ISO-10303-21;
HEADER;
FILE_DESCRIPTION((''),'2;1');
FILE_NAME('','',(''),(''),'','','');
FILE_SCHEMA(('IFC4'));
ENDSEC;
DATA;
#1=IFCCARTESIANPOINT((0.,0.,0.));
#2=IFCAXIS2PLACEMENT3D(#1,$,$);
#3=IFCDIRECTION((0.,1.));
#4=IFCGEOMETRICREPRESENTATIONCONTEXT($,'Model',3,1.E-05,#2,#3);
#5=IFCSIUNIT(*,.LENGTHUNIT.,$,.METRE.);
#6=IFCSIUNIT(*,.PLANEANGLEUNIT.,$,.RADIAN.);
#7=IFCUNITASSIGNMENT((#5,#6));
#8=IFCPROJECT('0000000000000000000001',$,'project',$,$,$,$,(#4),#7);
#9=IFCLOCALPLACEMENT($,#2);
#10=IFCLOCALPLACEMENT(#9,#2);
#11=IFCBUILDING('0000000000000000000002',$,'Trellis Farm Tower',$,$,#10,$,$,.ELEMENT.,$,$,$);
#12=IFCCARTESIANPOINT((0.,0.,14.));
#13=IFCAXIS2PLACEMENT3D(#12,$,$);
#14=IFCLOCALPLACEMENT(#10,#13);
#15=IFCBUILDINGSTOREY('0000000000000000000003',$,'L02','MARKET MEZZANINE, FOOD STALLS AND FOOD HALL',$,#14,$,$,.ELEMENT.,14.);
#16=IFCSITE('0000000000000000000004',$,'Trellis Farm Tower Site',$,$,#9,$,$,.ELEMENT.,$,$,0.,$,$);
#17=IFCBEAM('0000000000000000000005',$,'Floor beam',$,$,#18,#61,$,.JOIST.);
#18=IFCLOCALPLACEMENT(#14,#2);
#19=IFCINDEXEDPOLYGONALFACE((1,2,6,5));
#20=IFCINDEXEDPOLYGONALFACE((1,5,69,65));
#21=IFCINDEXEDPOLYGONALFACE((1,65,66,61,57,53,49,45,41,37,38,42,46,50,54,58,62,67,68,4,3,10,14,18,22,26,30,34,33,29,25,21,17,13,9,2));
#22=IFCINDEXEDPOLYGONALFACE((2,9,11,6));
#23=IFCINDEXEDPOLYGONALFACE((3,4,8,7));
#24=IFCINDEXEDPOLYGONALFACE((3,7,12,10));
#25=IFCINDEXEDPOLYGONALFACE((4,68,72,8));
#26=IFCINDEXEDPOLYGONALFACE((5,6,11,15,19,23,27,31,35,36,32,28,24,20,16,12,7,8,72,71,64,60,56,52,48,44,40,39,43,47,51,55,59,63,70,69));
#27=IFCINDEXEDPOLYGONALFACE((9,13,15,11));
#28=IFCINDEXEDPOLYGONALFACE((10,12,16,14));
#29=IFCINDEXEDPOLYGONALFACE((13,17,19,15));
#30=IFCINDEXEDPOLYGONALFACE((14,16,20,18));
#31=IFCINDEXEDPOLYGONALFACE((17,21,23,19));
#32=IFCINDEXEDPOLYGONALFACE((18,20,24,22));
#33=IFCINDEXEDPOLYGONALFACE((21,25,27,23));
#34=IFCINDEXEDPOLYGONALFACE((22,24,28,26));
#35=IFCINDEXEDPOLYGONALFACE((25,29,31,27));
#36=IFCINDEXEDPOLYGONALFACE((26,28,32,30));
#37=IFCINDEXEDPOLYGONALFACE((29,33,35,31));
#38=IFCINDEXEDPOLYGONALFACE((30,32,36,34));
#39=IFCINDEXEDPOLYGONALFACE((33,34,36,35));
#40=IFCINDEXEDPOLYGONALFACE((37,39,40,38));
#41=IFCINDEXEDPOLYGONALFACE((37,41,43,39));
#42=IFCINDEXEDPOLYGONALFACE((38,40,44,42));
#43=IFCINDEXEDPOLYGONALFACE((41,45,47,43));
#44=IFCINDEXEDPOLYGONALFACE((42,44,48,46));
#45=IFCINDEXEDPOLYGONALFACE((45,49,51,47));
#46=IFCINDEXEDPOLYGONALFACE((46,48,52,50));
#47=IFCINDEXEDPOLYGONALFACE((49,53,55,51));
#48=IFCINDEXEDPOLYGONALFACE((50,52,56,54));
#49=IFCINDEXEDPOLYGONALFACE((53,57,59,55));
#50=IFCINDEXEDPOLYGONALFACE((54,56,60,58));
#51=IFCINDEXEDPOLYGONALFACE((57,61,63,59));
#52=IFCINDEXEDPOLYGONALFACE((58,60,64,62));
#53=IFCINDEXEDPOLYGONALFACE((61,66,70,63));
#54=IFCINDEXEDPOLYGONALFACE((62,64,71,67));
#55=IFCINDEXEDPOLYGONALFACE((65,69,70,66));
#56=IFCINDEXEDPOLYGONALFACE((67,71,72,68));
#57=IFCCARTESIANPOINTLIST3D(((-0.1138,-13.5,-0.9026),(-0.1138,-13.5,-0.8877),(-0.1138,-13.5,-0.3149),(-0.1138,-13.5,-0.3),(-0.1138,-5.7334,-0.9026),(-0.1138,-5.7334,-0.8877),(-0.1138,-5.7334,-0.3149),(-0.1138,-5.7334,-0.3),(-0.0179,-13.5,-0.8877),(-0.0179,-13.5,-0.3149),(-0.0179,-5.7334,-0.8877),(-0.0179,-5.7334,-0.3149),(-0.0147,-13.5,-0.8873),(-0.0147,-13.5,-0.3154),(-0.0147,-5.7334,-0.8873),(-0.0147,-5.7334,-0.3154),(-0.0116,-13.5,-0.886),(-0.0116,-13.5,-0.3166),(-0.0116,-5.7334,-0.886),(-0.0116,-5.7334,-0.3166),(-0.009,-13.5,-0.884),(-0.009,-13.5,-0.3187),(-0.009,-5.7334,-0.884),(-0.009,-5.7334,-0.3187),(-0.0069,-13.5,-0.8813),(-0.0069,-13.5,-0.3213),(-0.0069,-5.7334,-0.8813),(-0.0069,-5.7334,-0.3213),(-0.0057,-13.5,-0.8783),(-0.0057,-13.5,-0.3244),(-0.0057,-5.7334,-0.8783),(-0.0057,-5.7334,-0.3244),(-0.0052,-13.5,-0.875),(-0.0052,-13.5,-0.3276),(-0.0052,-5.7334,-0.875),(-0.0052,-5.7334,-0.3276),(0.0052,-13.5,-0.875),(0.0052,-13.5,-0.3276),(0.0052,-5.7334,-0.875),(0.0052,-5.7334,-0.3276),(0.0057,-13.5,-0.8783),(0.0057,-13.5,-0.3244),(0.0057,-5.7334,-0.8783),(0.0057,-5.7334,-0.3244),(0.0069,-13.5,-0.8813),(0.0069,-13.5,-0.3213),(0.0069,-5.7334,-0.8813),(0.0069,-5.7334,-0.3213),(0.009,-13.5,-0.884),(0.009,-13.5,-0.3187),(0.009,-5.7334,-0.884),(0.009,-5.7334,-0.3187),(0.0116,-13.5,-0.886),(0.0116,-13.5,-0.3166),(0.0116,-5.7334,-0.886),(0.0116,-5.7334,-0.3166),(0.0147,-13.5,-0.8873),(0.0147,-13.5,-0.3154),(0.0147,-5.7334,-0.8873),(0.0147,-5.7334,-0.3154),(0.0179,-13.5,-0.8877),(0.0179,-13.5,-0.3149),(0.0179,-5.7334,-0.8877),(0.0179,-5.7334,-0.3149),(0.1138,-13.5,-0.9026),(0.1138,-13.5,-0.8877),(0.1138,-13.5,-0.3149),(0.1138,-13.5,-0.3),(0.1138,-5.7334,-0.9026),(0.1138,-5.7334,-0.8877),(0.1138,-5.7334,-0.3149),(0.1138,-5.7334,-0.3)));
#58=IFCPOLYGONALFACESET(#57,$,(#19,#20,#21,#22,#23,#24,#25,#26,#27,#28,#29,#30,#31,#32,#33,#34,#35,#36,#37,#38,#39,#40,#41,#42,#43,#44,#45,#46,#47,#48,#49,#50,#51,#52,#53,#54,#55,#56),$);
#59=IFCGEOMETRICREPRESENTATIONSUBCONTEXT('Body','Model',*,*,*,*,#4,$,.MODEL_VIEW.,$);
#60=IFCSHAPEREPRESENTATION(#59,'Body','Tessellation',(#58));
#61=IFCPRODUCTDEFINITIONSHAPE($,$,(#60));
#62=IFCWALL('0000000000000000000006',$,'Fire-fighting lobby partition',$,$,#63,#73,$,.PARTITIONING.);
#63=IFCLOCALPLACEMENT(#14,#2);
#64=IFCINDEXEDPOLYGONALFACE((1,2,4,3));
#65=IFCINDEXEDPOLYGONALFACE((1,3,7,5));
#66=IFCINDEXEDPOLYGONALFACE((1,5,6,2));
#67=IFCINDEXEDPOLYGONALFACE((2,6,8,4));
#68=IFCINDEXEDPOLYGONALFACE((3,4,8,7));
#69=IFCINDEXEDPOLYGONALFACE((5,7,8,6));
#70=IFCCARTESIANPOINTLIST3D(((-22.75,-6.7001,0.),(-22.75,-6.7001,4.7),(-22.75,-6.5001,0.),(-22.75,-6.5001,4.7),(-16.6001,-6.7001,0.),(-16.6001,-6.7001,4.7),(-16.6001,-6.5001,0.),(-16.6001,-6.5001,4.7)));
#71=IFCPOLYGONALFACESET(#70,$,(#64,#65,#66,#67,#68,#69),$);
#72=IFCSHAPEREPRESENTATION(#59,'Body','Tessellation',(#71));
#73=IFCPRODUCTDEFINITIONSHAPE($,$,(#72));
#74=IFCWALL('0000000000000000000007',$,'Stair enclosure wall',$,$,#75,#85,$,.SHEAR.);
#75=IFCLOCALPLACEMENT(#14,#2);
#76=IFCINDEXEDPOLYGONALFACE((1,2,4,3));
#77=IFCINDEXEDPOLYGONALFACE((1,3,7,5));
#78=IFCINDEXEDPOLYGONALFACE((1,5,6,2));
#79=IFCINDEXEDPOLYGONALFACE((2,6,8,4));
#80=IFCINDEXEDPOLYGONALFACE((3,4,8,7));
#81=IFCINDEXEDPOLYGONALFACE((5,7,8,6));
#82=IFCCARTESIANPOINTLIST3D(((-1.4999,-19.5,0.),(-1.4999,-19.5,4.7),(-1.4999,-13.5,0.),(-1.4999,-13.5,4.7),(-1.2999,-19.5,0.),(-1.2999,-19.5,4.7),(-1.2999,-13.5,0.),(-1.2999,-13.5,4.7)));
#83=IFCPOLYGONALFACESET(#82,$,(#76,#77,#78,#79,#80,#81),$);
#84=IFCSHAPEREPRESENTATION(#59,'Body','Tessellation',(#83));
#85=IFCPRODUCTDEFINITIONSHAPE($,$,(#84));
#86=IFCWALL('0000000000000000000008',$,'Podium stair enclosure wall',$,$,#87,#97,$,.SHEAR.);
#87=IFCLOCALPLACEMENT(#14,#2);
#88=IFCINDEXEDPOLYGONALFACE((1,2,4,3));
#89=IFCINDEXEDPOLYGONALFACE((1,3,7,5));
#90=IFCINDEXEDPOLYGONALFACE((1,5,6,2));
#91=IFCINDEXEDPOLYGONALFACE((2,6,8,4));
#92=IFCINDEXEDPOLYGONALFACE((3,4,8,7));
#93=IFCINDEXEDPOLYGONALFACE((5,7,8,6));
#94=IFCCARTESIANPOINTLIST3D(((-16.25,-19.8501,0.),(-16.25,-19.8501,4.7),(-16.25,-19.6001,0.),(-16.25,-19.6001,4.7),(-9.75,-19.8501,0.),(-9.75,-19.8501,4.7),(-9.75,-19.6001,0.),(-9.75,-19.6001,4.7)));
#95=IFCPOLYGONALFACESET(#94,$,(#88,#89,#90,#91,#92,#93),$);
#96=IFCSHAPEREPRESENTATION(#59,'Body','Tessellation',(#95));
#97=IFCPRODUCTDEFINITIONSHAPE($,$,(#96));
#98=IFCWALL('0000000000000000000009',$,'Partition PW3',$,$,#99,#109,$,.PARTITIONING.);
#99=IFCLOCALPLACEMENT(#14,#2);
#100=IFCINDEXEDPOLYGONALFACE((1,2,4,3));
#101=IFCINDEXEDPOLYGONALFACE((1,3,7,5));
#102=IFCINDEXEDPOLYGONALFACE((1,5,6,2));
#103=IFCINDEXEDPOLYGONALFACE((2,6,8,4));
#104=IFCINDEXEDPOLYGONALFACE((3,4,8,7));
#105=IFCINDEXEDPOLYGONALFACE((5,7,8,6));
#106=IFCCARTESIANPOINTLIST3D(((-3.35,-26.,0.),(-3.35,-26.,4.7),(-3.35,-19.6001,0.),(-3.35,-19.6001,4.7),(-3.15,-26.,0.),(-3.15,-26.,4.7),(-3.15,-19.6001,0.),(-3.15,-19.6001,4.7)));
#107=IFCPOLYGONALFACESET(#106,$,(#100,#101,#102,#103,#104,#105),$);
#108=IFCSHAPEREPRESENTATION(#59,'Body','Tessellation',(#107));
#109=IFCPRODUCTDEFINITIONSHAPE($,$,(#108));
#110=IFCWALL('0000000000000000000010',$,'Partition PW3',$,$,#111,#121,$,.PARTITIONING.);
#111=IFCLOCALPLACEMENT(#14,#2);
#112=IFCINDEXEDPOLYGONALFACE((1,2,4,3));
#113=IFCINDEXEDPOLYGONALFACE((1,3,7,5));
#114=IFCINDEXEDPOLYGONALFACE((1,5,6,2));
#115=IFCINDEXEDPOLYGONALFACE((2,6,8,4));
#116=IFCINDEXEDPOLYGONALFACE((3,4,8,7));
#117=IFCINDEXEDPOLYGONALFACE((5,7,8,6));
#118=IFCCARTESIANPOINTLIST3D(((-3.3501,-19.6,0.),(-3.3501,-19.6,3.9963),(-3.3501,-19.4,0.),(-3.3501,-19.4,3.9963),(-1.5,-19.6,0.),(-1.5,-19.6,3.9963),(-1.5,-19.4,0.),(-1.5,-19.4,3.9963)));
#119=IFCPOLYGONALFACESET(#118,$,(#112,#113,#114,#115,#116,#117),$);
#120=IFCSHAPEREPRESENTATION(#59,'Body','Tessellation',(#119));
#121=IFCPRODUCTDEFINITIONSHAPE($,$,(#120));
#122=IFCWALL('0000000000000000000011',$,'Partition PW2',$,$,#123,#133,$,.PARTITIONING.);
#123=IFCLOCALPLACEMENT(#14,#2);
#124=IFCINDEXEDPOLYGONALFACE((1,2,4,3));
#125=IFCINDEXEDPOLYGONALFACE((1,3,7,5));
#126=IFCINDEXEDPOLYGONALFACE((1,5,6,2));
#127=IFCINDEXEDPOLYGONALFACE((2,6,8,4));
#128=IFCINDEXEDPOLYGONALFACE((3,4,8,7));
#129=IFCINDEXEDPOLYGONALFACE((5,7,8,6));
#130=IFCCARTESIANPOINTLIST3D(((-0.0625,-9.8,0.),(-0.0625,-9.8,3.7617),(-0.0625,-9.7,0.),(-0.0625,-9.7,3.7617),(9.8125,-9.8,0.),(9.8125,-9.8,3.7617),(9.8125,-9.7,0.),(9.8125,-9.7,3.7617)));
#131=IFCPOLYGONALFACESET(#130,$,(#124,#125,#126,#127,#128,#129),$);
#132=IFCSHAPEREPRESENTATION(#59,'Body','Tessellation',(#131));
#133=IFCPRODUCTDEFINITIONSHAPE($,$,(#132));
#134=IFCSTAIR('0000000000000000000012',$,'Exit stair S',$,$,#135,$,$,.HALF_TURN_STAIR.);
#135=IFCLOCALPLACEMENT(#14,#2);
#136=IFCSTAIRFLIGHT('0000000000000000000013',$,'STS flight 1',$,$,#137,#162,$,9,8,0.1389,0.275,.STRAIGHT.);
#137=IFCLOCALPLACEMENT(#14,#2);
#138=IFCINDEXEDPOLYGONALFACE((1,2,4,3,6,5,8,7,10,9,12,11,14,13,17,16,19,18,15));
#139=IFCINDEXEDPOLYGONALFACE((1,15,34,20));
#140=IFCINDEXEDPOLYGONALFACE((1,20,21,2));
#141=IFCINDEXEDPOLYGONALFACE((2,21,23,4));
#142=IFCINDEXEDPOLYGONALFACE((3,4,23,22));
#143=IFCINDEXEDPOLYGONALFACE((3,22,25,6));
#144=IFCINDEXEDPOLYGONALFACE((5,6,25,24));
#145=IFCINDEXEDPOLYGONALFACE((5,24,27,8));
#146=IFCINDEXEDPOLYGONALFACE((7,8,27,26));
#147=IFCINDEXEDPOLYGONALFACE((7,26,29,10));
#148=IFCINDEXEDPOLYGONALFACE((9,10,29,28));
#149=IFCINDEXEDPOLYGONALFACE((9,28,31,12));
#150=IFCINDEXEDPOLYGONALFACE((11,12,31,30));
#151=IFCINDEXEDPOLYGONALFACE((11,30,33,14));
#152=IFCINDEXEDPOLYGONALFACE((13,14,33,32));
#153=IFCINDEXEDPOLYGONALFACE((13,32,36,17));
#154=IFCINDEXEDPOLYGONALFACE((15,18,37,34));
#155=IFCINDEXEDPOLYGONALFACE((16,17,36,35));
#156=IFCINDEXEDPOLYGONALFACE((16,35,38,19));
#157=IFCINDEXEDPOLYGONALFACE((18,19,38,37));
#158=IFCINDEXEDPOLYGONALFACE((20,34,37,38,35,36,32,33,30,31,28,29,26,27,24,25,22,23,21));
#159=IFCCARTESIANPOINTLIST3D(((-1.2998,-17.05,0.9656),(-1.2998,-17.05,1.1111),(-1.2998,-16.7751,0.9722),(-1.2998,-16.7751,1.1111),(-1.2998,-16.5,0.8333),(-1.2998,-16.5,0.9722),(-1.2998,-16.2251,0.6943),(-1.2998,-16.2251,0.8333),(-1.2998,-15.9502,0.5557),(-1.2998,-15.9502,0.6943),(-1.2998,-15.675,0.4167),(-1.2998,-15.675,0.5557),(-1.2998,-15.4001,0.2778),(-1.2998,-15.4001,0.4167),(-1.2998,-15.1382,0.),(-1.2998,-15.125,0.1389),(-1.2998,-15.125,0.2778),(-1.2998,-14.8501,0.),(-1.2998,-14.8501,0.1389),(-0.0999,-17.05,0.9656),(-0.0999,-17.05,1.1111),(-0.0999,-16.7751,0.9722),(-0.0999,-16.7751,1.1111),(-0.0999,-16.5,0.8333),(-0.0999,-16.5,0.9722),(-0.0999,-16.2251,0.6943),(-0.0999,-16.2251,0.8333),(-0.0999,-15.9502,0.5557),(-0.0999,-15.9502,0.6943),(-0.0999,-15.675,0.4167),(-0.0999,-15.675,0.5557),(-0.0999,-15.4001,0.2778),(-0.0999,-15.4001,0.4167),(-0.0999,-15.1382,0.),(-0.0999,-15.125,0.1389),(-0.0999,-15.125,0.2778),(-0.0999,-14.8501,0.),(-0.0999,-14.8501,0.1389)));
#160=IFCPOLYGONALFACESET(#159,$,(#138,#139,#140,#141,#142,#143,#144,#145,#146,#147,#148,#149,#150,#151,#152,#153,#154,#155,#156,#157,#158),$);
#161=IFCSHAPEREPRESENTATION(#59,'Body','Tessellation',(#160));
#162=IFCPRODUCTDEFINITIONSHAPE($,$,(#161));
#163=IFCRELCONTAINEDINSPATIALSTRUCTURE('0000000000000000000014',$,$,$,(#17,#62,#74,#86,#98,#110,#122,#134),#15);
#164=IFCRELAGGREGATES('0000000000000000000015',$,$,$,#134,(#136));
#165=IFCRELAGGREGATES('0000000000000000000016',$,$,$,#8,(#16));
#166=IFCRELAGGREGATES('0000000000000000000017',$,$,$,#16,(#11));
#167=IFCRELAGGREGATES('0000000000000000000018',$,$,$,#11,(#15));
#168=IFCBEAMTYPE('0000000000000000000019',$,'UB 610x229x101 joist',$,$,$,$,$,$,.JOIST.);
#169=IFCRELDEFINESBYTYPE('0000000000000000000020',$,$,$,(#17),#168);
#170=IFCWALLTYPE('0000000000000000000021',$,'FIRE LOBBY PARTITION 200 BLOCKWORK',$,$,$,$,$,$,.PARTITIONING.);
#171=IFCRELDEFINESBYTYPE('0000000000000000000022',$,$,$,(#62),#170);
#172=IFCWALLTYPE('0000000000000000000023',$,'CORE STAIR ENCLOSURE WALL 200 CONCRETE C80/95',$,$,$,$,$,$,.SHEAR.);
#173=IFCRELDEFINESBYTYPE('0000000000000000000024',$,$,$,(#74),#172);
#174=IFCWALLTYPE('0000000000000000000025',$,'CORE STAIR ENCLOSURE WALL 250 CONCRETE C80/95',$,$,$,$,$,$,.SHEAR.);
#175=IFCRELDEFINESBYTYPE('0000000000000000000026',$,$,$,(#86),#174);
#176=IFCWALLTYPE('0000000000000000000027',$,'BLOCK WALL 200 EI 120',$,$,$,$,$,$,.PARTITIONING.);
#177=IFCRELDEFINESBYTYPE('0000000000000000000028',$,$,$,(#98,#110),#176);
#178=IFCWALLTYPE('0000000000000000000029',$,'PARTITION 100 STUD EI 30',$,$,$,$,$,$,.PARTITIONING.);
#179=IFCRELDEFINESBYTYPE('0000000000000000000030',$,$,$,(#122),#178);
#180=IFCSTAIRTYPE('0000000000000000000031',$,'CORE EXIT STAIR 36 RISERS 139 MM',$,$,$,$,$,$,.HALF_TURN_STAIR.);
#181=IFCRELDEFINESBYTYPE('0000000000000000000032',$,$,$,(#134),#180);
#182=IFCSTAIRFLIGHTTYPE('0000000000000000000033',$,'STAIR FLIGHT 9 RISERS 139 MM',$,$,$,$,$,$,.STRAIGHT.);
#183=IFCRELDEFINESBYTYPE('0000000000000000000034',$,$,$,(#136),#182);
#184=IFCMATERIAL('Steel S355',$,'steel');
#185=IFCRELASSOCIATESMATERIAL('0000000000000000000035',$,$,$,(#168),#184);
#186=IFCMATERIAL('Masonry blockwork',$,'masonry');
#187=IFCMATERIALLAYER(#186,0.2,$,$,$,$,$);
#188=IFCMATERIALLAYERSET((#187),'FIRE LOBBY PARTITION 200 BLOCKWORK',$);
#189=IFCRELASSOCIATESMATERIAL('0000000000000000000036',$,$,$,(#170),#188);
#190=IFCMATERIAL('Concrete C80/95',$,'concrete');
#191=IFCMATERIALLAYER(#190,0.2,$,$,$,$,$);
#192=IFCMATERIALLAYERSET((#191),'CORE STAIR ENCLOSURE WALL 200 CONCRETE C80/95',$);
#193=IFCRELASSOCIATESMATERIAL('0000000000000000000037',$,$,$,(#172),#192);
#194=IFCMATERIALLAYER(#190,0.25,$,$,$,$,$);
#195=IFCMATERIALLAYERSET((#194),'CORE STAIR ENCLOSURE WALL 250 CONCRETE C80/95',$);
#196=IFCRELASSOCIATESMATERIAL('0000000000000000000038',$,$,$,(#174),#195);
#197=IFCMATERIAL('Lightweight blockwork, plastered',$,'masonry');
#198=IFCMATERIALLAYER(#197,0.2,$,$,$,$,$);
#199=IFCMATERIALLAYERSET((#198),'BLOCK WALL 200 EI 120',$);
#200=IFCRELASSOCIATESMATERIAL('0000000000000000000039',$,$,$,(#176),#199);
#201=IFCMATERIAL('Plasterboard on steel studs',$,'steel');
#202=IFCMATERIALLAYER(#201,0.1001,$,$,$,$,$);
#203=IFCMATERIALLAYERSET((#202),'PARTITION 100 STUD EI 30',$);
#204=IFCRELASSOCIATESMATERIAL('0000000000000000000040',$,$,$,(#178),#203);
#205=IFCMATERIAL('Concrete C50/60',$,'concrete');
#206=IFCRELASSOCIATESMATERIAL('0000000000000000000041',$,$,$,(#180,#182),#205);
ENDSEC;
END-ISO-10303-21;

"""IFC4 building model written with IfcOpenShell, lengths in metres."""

from ifc_helpers import new_model, si_unit, direction, frame, frame_2d, origin, origin_2d, place, context, subcontext, project, spatial, polyline, rectangle, i_section, outline, extrude, source, transform, mapped, material, layer, layer_set, material_profile, profile_set, type_object, element, aggregate, save


model = new_model("IFC4")

# Units and contexts
model_context = context("Model", 3, precision=1e-05, world=origin(), true_north=direction((0.0, 1.0)))
body_context = subcontext(model_context, "Body", "Model", "MODEL_VIEW")
ifc_project = project(units=[si_unit("LENGTHUNIT", "METRE"), si_unit("PLANEANGLEUNIT", "RADIAN")], contexts=[model_context])

# Site, building, storey
site_placement = place(None, origin())
site = spatial("IfcSite", under=ifc_project, at=site_placement, Name="Trellis Farm Tower Site", CompositionType="ELEMENT", RefElevation=0.0)
building_placement = place(site_placement, origin())
building = spatial("IfcBuilding", under=site, at=building_placement, Name="Trellis Farm Tower", CompositionType="ELEMENT")
storey_placement = place(building_placement, frame((0.0, 0.0, 14.0)))
storey = spatial("IfcBuildingStorey", under=building, at=storey_placement, Name="L02", Description="MARKET MEZZANINE, FOOD STALLS AND FOOD HALL", CompositionType="ELEMENT", Elevation=14.0)

# Shared definitions
ifc_material_1 = material(Name="Concrete C80/95", Category="concrete")

# Beam
ifc_material_2 = material(Name="Steel S355", Category="steel")
ifc_material_profile_1 = material_profile(ifc_material_2, i_section(OverallWidth=0.2275, OverallDepth=0.6025, WebThickness=0.0105, FlangeThickness=0.0149, FilletRadius=0.0127, at=origin_2d()), Name="UB 610x229x101")
ifc_profile_set_1 = profile_set([ifc_material_profile_1], Name="Steel S355")
beam_type_1 = type_object("IfcBeamType", Name="UB 610x229x101 joist", PredefinedType="JOIST", material=ifc_profile_set_1)
shared_shape_1 = source(origin(), body_context, "Body", "SweptSolid", [
    extrude(i_section(OverallWidth=0.2275, OverallDepth=0.6025, WebThickness=0.0105, FlangeThickness=0.0149, FilletRadius=0.0127, at=origin_2d()), origin(), (0.0, 0.0, 1.0), 7.7666),
])
beam_1_placement = place(storey_placement, frame((0.0, -13.5, -0.6013), z_axis=(0.0, 1.0, 0.0), x_axis=(-1.0, 0.0, 0.0)))
element("IfcBeam", 1, at=beam_1_placement, inside=storey, type_object=beam_type_1, Name="Floor beam", PredefinedType="JOIST", context=body_context, shape_type="MappedRepresentation", body=[
    mapped(shared_shape_1, transform((0.0, 0.0, 0.0))),
])

# Walls
ifc_material_3 = material(Name="Masonry blockwork", Category="masonry")
ifc_layer_1 = layer(ifc_material_3, 0.2)
ifc_layer_set_1 = layer_set([ifc_layer_1], Name="FIRE LOBBY PARTITION 200 BLOCKWORK")
wall_type_1 = type_object("IfcWallType", Name="FIRE LOBBY PARTITION 200 BLOCKWORK", PredefinedType="PARTITIONING", material=ifc_layer_set_1)
shared_shape_2 = source(origin(), body_context, "Body", "SweptSolid", [
    extrude(rectangle(XDim=6.1499, YDim=0.2, at=frame_2d((3.075, 0.0))), origin(), (0.0, 0.0, 1.0), 4.7),
])
wall_1_placement = place(storey_placement, frame((-16.6001, -6.6001, 0.0), z_axis=(0.0, 0.0, 1.0), x_axis=(-1.0, 0.0, 0.0)))
element("IfcWall", 2, at=wall_1_placement, inside=storey, type_object=wall_type_1, Name="Fire-fighting lobby partition", PredefinedType="PARTITIONING", context=body_context, shape_type="MappedRepresentation", body=[
    mapped(shared_shape_2, transform((0.0, 0.0, 0.0))),
])
ifc_layer_2 = layer(ifc_material_1, 0.2)
ifc_layer_set_2 = layer_set([ifc_layer_2], Name="CORE STAIR ENCLOSURE WALL 200 CONCRETE C80/95")
wall_type_2 = type_object("IfcWallType", Name="CORE STAIR ENCLOSURE WALL 200 CONCRETE C80/95", PredefinedType="SHEAR", material=ifc_layer_set_2)
shared_shape_3 = source(origin(), body_context, "Body", "SweptSolid", [
    extrude(rectangle(XDim=6.0, YDim=0.2, at=frame_2d((3.0, 0.0))), origin(), (0.0, 0.0, 1.0), 4.7),
])
wall_2_placement = place(storey_placement, frame((-1.3999, -13.5, 0.0), z_axis=(0.0, 0.0, 1.0), x_axis=(0.0, -1.0, 0.0)))
element("IfcWall", 3, at=wall_2_placement, inside=storey, type_object=wall_type_2, Name="Stair enclosure wall", PredefinedType="SHEAR", context=body_context, shape_type="MappedRepresentation", body=[
    mapped(shared_shape_3, transform((0.0, 0.0, 0.0))),
])
ifc_layer_3 = layer(ifc_material_1, 0.25)
ifc_layer_set_3 = layer_set([ifc_layer_3], Name="CORE STAIR ENCLOSURE WALL 250 CONCRETE C80/95")
wall_type_3 = type_object("IfcWallType", Name="CORE STAIR ENCLOSURE WALL 250 CONCRETE C80/95", PredefinedType="SHEAR", material=ifc_layer_set_3)
shared_shape_4 = source(origin(), body_context, "Body", "SweptSolid", [
    extrude(rectangle(XDim=6.5, YDim=0.25, at=frame_2d((3.25, 0.0))), origin(), (0.0, 0.0, 1.0), 4.7),
])
wall_3_placement = place(storey_placement, frame((-16.25, -19.7251, 0.0), z_axis=(0.0, 0.0, 1.0), x_axis=(1.0, 0.0, 0.0)))
element("IfcWall", 4, at=wall_3_placement, inside=storey, type_object=wall_type_3, Name="Podium stair enclosure wall", PredefinedType="SHEAR", context=body_context, shape_type="MappedRepresentation", body=[
    mapped(shared_shape_4, transform((0.0, 0.0, 0.0))),
])
ifc_material_4 = material(Name="Lightweight blockwork, plastered", Category="masonry")
ifc_layer_4 = layer(ifc_material_4, 0.2)
ifc_layer_set_4 = layer_set([ifc_layer_4], Name="BLOCK WALL 200 EI 120")
wall_type_4 = type_object("IfcWallType", Name="BLOCK WALL 200 EI 120", PredefinedType="PARTITIONING", material=ifc_layer_set_4)
shared_shape_5 = source(origin(), body_context, "Body", "SweptSolid", [
    extrude(rectangle(XDim=6.3999, YDim=0.2, at=frame_2d((3.2, 0.0))), origin(), (0.0, 0.0, 1.0), 4.7),
])
wall_4_placement = place(storey_placement, frame((-3.25, -19.6001, 0.0), z_axis=(0.0, 0.0, 1.0), x_axis=(0.0, -1.0, 0.0)))
element("IfcWall", 5, at=wall_4_placement, inside=storey, type_object=wall_type_4, Name="Partition PW3", PredefinedType="PARTITIONING", context=body_context, shape_type="MappedRepresentation", body=[
    mapped(shared_shape_5, transform((0.0, 0.0, 0.0))),
])
shared_shape_6 = source(origin(), body_context, "Body", "SweptSolid", [
    extrude(rectangle(XDim=1.8501, YDim=0.2, at=frame_2d((0.925, 0.0))), origin(), (0.0, 0.0, 1.0), 3.9963),
])
wall_5_placement = place(storey_placement, frame((-3.3501, -19.5, 0.0), z_axis=(0.0, 0.0, 1.0), x_axis=(1.0, 0.0, 0.0)))
element("IfcWall", 6, at=wall_5_placement, inside=storey, type_object=wall_type_4, Name="Partition PW3", PredefinedType="PARTITIONING", context=body_context, shape_type="MappedRepresentation", body=[
    mapped(shared_shape_6, transform((0.0, 0.0, 0.0))),
])
ifc_material_5 = material(Name="Plasterboard on steel studs", Category="steel")
ifc_layer_5 = layer(ifc_material_5, 0.1001)
ifc_layer_set_5 = layer_set([ifc_layer_5], Name="PARTITION 100 STUD EI 30")
wall_type_5 = type_object("IfcWallType", Name="PARTITION 100 STUD EI 30", PredefinedType="PARTITIONING", material=ifc_layer_set_5)
shared_shape_7 = source(origin(), body_context, "Body", "SweptSolid", [
    extrude(rectangle(XDim=9.875, YDim=0.1001, at=frame_2d((4.9375, 0.0))), origin(), (0.0, 0.0, 1.0), 3.7617),
])
wall_6_placement = place(storey_placement, frame((-0.0625, -9.75, 0.0), z_axis=(0.0, 0.0, 1.0), x_axis=(1.0, 0.0, 0.0)))
element("IfcWall", 7, at=wall_6_placement, inside=storey, type_object=wall_type_5, Name="Partition PW2", PredefinedType="PARTITIONING", context=body_context, shape_type="MappedRepresentation", body=[
    mapped(shared_shape_7, transform((0.0, 0.0, 0.0))),
])

# Stair, stair flight
ifc_material_6 = material(Name="Concrete C50/60", Category="concrete")
stair_type = type_object("IfcStairType", Name="CORE EXIT STAIR 36 RISERS 139 MM", PredefinedType="HALF_TURN_STAIR", material=ifc_material_6)
stair_placement = place(storey_placement, origin())
stair = element("IfcStair", 8, at=stair_placement, inside=storey, type_object=stair_type, Name="Exit stair S", PredefinedType="HALF_TURN_STAIR")
stair_flight_type = type_object("IfcStairFlightType", Name="STAIR FLIGHT 9 RISERS 139 MM", PredefinedType="STRAIGHT", material=ifc_material_6)
shared_shape_8 = source(origin(), body_context, "Body", "SweptSolid", [
    extrude(outline(polyline([(0.0, 0.0), (0.0, 0.1389), (0.2749, 0.1389), (0.2749, 0.2778), (0.55, 0.2778), (0.55, 0.4167), (0.825, 0.4167), (0.825, 0.5557), (1.1001, 0.5557), (1.1001, 0.6943), (1.375, 0.6943), (1.375, 0.8333), (1.6499, 0.8333), (1.6499, 0.9722), (1.925, 0.9722), (1.925, 1.1111), (2.2, 1.1111), (2.2, 1.25), (2.2, 0.9656), (0.2881, 0.0), (0.0, 0.0)])), frame((0.0, 0.6001, 0.0), z_axis=(0.0, -1.0, 0.0), x_axis=(1.0, 0.0, 0.0)), (0.0, 0.0, 1.0), 1.2),
])
stair_flight_1_placement = place(storey_placement, frame((-0.7, -14.8501, 0.0), z_axis=(0.0, 0.0, 1.0), x_axis=(0.0, -1.0, 0.0)))
stair_flight_1 = element("IfcStairFlight", 9, at=stair_flight_1_placement, type_object=stair_flight_type, Name="STS flight 1", NumberOfRisers=9, NumberOfTreads=8, PredefinedType="STRAIGHT", RiserHeight=0.1389, TreadLength=0.275, context=body_context, shape_type="MappedRepresentation", body=[
    mapped(shared_shape_8, transform((0.0, 0.0, 0.0))),
])
aggregate(stair, [stair_flight_1])

save(model, "model.ifc")
